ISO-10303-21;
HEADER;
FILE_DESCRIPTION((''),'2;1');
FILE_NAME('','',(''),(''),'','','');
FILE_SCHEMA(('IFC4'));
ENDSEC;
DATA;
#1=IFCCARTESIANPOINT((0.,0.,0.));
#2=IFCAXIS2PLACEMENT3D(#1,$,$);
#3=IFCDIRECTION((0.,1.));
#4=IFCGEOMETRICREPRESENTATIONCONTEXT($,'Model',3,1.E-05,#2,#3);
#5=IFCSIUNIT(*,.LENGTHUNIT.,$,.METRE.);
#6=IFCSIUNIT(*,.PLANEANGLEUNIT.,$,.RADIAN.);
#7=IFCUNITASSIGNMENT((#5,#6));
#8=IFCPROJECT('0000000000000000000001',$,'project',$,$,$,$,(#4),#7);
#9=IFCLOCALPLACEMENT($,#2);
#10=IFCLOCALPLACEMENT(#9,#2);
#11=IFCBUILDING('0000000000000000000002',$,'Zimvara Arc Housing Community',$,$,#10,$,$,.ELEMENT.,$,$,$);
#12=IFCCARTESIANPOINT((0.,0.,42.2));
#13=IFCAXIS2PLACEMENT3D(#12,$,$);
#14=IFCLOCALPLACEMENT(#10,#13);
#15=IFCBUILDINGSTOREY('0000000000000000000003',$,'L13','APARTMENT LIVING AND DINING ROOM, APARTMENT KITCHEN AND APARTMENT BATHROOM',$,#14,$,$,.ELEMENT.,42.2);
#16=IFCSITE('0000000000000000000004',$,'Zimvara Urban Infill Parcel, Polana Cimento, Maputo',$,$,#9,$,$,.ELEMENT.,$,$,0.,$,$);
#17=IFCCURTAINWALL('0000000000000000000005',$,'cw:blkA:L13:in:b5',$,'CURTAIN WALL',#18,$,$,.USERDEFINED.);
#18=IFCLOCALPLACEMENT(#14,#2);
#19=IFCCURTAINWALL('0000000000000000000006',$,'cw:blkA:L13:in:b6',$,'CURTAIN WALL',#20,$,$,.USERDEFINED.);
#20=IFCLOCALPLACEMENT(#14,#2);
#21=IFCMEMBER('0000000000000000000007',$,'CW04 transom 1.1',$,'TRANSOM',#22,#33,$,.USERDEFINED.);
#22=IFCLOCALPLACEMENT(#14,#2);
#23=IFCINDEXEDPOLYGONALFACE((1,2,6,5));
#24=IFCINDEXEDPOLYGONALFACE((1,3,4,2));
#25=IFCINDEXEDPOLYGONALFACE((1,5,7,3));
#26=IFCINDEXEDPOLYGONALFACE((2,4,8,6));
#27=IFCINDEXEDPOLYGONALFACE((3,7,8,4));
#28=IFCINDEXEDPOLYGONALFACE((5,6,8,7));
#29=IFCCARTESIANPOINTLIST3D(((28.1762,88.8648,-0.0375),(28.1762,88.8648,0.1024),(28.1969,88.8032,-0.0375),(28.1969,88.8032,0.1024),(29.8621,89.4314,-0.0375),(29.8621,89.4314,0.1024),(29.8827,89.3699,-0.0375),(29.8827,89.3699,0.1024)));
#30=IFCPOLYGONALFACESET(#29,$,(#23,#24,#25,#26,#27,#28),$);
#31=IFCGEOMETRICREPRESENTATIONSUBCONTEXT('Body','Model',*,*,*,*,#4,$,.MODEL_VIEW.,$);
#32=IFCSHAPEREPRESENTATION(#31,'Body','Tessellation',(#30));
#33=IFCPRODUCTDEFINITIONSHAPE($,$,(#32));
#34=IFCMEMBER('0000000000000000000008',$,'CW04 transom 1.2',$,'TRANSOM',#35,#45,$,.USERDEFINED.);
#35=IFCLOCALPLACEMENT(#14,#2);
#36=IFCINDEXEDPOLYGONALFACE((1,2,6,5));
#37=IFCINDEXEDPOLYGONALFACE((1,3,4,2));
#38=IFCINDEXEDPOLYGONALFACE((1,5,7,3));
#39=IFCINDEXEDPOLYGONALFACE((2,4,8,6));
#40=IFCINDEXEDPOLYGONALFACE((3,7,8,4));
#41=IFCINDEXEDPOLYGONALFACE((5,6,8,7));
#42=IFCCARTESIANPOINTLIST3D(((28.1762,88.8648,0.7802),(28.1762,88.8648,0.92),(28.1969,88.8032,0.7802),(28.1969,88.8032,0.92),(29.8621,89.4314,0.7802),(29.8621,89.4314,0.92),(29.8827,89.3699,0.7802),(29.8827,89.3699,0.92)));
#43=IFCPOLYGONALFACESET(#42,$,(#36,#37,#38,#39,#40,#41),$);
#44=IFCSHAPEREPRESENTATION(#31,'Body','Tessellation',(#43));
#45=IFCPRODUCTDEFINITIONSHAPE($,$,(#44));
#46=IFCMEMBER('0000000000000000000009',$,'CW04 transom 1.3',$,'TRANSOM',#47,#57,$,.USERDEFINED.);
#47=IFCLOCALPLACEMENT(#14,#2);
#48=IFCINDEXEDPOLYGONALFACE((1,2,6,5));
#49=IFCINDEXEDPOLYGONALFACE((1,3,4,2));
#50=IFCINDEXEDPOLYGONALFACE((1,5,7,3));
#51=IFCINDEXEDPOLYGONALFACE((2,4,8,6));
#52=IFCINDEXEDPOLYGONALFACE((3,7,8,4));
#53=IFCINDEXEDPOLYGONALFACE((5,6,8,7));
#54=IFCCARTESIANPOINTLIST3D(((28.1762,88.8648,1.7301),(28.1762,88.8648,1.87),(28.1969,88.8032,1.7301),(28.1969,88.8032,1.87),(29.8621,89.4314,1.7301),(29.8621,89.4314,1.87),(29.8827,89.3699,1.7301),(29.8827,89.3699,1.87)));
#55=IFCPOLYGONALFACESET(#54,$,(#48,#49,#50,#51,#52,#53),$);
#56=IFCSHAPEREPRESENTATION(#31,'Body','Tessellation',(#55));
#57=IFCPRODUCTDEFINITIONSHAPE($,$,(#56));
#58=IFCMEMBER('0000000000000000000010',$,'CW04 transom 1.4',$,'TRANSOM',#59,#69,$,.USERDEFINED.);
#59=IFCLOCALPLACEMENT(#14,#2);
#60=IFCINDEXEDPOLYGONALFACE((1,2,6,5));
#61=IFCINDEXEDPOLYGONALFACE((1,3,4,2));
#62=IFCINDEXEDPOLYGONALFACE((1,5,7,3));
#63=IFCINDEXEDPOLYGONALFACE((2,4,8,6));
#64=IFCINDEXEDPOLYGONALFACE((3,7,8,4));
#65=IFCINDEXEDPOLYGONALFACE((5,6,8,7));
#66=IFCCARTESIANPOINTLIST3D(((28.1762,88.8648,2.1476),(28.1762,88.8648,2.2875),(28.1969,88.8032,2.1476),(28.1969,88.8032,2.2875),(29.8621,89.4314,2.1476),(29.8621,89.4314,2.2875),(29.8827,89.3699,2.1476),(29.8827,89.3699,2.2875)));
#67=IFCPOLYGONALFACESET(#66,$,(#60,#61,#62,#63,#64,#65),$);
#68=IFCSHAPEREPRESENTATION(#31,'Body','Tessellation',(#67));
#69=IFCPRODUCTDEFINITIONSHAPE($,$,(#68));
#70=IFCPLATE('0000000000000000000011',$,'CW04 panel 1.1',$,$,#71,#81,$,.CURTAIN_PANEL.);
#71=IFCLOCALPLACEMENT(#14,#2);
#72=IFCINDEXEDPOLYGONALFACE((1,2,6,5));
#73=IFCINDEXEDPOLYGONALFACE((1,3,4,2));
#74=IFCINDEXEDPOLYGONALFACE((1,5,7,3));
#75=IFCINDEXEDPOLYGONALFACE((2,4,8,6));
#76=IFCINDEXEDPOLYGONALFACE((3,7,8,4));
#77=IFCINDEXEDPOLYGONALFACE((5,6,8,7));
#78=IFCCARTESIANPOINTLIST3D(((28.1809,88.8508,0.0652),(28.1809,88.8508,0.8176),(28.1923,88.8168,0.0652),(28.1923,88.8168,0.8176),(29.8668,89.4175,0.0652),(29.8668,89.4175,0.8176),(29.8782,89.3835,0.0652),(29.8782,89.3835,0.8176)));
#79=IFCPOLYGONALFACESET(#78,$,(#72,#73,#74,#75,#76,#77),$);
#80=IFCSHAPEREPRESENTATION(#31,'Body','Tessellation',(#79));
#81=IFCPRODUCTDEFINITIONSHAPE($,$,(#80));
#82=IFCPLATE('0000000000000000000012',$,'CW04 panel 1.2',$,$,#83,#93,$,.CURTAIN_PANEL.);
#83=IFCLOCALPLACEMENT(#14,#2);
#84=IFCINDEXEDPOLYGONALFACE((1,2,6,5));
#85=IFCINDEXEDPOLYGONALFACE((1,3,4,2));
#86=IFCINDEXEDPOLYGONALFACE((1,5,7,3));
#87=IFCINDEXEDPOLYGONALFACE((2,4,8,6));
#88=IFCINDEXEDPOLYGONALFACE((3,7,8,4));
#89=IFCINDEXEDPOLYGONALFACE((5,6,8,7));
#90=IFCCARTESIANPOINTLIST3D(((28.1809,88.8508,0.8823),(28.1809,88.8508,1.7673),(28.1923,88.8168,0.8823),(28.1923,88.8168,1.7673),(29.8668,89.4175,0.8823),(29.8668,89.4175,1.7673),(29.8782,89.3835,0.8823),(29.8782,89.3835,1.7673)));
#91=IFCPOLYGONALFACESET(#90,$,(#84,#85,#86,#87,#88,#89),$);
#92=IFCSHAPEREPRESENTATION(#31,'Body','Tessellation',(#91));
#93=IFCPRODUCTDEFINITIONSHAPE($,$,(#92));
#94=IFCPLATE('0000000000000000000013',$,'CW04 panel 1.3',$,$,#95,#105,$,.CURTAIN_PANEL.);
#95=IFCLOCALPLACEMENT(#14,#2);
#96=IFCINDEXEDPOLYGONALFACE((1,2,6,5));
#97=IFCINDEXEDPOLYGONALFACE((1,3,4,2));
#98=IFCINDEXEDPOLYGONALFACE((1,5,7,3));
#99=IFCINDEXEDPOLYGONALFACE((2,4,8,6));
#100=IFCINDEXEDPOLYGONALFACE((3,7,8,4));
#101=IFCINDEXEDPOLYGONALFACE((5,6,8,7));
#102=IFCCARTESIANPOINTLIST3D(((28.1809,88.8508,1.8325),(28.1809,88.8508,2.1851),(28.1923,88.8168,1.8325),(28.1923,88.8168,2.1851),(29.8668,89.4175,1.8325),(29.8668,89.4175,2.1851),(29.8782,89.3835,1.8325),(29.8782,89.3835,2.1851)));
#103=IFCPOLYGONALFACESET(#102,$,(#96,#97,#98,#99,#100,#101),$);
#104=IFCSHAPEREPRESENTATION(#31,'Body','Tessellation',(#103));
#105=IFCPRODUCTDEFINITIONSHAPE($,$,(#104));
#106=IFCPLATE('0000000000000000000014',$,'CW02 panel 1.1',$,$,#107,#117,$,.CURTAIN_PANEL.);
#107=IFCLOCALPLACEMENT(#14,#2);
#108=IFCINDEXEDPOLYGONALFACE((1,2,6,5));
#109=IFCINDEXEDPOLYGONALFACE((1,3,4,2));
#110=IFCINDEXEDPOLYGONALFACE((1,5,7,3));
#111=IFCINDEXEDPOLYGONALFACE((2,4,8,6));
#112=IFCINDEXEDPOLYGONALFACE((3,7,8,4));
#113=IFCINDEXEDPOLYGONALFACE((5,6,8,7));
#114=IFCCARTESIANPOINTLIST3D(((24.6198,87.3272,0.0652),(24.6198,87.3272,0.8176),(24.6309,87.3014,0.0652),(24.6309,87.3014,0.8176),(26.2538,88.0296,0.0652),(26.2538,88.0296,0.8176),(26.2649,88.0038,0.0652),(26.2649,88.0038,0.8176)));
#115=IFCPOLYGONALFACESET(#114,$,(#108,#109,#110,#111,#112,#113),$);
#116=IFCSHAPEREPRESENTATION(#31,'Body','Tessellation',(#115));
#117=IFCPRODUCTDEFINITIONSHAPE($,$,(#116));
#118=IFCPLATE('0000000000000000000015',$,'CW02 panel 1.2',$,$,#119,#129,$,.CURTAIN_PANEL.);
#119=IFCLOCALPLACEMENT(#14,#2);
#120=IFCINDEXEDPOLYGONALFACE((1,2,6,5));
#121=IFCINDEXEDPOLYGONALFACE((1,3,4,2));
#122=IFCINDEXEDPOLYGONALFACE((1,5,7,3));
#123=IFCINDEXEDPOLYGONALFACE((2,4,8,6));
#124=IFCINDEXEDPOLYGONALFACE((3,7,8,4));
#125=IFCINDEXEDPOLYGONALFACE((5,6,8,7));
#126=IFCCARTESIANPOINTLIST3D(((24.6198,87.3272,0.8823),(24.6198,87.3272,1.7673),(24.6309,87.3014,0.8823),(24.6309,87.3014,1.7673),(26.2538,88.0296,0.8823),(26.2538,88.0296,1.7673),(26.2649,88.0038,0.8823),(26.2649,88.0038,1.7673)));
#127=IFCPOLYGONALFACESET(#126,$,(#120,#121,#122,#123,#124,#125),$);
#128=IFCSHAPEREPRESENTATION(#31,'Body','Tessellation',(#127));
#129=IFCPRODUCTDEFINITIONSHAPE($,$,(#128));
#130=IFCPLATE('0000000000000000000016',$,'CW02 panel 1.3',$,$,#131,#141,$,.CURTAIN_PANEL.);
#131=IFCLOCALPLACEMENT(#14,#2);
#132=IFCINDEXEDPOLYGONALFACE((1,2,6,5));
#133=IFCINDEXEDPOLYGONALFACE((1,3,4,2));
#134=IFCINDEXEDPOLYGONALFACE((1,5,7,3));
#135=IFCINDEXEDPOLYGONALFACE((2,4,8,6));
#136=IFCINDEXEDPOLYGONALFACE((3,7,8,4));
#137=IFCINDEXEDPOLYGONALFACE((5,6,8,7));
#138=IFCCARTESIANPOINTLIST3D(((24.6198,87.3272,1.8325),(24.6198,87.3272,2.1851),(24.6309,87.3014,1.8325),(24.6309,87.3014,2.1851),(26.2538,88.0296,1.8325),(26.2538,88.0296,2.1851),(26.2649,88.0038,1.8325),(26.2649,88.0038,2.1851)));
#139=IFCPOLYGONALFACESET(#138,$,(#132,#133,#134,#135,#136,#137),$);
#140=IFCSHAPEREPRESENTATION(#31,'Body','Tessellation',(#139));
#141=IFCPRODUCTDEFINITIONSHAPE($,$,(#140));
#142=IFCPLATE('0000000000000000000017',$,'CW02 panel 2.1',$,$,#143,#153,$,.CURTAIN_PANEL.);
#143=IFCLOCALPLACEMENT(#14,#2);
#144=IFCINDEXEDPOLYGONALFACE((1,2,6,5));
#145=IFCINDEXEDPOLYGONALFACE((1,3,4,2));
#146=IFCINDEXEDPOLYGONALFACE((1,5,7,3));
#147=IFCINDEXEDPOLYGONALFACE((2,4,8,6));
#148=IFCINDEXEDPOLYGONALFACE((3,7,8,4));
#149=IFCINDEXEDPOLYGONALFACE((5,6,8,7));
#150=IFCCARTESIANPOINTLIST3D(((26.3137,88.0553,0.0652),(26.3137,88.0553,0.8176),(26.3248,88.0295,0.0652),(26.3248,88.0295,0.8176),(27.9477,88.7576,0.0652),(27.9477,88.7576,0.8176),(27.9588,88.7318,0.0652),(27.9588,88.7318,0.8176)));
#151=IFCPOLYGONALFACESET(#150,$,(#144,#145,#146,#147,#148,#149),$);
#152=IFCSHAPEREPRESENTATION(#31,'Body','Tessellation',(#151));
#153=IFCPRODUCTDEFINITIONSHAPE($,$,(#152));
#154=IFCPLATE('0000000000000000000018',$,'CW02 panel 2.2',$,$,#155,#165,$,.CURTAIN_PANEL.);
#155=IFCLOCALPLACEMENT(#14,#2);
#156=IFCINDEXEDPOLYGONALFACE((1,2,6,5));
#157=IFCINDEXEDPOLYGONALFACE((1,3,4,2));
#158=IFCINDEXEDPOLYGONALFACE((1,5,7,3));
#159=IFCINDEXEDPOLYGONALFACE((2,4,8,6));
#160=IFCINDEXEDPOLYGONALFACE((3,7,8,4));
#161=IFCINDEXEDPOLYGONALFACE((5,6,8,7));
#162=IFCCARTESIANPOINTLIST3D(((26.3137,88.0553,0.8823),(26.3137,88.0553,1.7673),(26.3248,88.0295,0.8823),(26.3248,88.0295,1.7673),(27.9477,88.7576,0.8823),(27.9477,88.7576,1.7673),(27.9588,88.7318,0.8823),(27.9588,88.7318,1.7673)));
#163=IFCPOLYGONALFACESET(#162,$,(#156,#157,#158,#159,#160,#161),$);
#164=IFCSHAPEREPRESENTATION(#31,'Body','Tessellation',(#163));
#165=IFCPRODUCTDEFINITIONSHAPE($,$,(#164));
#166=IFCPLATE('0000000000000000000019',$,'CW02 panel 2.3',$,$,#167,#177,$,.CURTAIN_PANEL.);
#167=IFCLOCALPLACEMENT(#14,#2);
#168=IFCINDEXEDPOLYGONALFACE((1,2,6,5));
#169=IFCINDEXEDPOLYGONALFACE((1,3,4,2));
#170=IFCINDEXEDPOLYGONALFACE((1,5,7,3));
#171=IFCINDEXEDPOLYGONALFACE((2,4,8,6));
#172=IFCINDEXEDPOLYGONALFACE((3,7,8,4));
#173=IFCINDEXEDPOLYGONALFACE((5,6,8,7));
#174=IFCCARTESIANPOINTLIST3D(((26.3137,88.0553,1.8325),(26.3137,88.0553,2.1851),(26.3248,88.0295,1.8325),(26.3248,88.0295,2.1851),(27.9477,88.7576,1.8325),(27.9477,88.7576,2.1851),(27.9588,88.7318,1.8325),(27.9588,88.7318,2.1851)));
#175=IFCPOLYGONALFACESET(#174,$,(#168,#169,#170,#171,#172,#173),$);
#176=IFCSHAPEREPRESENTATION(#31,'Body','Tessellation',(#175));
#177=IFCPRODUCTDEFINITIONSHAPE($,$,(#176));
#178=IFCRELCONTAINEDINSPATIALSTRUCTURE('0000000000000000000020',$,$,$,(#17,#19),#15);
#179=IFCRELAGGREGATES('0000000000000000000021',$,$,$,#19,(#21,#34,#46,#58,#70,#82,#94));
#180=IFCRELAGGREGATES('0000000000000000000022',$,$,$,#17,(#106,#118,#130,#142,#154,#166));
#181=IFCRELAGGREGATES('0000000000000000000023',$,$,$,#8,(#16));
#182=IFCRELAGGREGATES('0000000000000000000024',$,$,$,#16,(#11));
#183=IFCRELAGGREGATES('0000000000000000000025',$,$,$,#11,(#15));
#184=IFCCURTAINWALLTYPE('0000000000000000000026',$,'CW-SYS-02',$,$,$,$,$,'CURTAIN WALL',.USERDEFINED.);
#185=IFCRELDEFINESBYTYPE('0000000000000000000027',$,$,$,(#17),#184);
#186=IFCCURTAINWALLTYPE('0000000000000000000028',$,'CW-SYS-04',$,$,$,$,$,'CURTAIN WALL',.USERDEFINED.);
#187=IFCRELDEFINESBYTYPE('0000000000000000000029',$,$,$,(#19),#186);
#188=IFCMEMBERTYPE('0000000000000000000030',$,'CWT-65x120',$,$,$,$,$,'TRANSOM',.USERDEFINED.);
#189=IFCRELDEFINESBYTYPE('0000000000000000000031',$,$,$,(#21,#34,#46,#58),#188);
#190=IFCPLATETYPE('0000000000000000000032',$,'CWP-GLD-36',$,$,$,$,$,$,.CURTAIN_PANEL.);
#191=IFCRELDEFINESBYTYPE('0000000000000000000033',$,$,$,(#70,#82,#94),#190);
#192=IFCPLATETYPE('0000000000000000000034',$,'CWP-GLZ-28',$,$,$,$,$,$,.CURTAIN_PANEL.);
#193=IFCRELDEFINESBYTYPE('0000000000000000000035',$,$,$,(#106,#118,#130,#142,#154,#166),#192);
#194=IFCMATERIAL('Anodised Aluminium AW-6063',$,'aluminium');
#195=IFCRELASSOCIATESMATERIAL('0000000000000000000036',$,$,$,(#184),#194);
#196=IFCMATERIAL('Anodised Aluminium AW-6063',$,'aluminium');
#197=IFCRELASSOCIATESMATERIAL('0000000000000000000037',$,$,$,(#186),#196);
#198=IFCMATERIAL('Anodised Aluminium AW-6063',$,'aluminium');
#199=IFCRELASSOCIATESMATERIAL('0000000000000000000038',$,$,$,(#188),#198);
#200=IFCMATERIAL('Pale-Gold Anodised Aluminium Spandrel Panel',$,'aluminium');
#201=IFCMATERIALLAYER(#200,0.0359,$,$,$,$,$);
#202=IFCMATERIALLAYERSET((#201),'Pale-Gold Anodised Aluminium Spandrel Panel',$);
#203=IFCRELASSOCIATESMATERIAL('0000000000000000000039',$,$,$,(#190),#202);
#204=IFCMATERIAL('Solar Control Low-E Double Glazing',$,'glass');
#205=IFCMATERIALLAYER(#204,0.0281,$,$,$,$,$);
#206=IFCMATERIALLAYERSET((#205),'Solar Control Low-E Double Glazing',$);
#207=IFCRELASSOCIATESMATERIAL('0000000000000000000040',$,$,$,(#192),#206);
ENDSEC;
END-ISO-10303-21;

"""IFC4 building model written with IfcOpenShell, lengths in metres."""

from ifc_helpers import new_model, si_unit, direction, frame, origin, origin_2d, place, context, subcontext, project, spatial, rectangle, extrude, material, layer, layer_set, material_profile, profile_set, type_object, element, aggregate, save


model = new_model("IFC4")

# Units and contexts
model_context = context("Model", 3, precision=1e-05, world=origin(), true_north=direction((0.0, 1.0)))
body_context = subcontext(model_context, "Body", "Model", "MODEL_VIEW")
ifc_project = project(units=[si_unit("LENGTHUNIT", "METRE"), si_unit("PLANEANGLEUNIT", "RADIAN")], contexts=[model_context])

# Site, building, storey
site_placement = place(None, origin())
site = spatial("IfcSite", under=ifc_project, at=site_placement, Name="Zimvara Urban Infill Parcel, Polana Cimento, Maputo", CompositionType="ELEMENT", RefElevation=0.0)
building_placement = place(site_placement, origin())
building = spatial("IfcBuilding", under=site, at=building_placement, Name="Zimvara Arc Housing Community", CompositionType="ELEMENT")
storey_placement = place(building_placement, frame((0.0, 0.0, 42.2)))
storey = spatial("IfcBuildingStorey", under=building, at=storey_placement, Name="L13", Description="APARTMENT LIVING AND DINING ROOM, APARTMENT KITCHEN AND APARTMENT BATHROOM", CompositionType="ELEMENT", Elevation=42.2)

# Curtain walls
ifc_material_1 = material(Name="Anodised Aluminium AW-6063", Category="aluminium")
curtain_wall_type_1 = type_object("IfcCurtainWallType", Name="CW-SYS-02", ElementType="CURTAIN WALL", PredefinedType="USERDEFINED", material=ifc_material_1)
curtain_wall_1_placement = place(storey_placement, origin())
curtain_wall_1 = element("IfcCurtainWall", 1, at=curtain_wall_1_placement, inside=storey, type_object=curtain_wall_type_1, Name="cw:blkA:L13:in:b5", ObjectType="CURTAIN WALL", PredefinedType="USERDEFINED")
ifc_material_2 = material(Name="Anodised Aluminium AW-6063", Category="aluminium")
curtain_wall_type_2 = type_object("IfcCurtainWallType", Name="CW-SYS-04", ElementType="CURTAIN WALL", PredefinedType="USERDEFINED", material=ifc_material_2)
curtain_wall_2_placement = place(storey_placement, origin())
curtain_wall_2 = element("IfcCurtainWall", 2, at=curtain_wall_2_placement, inside=storey, type_object=curtain_wall_type_2, Name="cw:blkA:L13:in:b6", ObjectType="CURTAIN WALL", PredefinedType="USERDEFINED")

# Members
ifc_material_3 = material(Name="Anodised Aluminium AW-6063", Category="aluminium")
ifc_material_profile_1 = material_profile(ifc_material_3, rectangle(XDim=0.0649, YDim=0.1399, at=origin_2d()), Name="ALU 65x140")
ifc_profile_set_1 = profile_set([ifc_material_profile_1], Name="Anodised Aluminium AW-6063")
member_type_1 = type_object("IfcMemberType", Name="CWT-65x120", ElementType="TRANSOM", PredefinedType="USERDEFINED", material=ifc_profile_set_1)
member_1_placement = place(storey_placement, frame((28.1865, 88.834, 0.0325), z_axis=(0.947884, 0.318615, 0.0), x_axis=(-0.318615, 0.947884, 0.0)))
member_1 = element("IfcMember", 3, at=member_1_placement, type_object=member_type_1, Name="CW04 transom 1.1", ObjectType="TRANSOM", PredefinedType="USERDEFINED", context=body_context, shape_type="SweptSolid", body=[
    extrude(rectangle(XDim=0.0649, YDim=0.1399, at=origin_2d()), origin(), (0.0, 0.0, 1.0), 1.7786),
])
member_2_placement = place(storey_placement, frame((28.1865, 88.834, 0.8501), z_axis=(0.947884, 0.318615, 0.0), x_axis=(-0.318615, 0.947884, 0.0)))
member_2 = element("IfcMember", 4, at=member_2_placement, type_object=member_type_1, Name="CW04 transom 1.2", ObjectType="TRANSOM", PredefinedType="USERDEFINED", context=body_context, shape_type="SweptSolid", body=[
    extrude(rectangle(XDim=0.0649, YDim=0.1399, at=origin_2d()), origin(), (0.0, 0.0, 1.0), 1.7786),
])
member_3_placement = place(storey_placement, frame((28.1865, 88.834, 1.8), z_axis=(0.947884, 0.318615, 0.0), x_axis=(-0.318615, 0.947884, 0.0)))
member_3 = element("IfcMember", 5, at=member_3_placement, type_object=member_type_1, Name="CW04 transom 1.3", ObjectType="TRANSOM", PredefinedType="USERDEFINED", context=body_context, shape_type="SweptSolid", body=[
    extrude(rectangle(XDim=0.0649, YDim=0.1399, at=origin_2d()), origin(), (0.0, 0.0, 1.0), 1.7786),
])
member_4_placement = place(storey_placement, frame((28.1865, 88.834, 2.2175), z_axis=(0.947884, 0.318615, 0.0), x_axis=(-0.318615, 0.947884, 0.0)))
member_4 = element("IfcMember", 6, at=member_4_placement, type_object=member_type_1, Name="CW04 transom 1.4", ObjectType="TRANSOM", PredefinedType="USERDEFINED", context=body_context, shape_type="SweptSolid", body=[
    extrude(rectangle(XDim=0.0649, YDim=0.1399, at=origin_2d()), origin(), (0.0, 0.0, 1.0), 1.7786),
])

# Plates
ifc_material_4 = material(Name="Pale-Gold Anodised Aluminium Spandrel Panel", Category="aluminium")
ifc_layer_1 = layer(ifc_material_4, 0.0359)
ifc_layer_set_1 = layer_set([ifc_layer_1], Name="Pale-Gold Anodised Aluminium Spandrel Panel")
plate_type_1 = type_object("IfcPlateType", Name="CWP-GLD-36", PredefinedType="CURTAIN_PANEL", material=ifc_layer_set_1)
plate_1_placement = place(storey_placement, frame((29.0295, 89.1172, 0.0652), z_axis=(0.0, 0.0, 1.0), x_axis=(0.94788, 0.318627, 0.0)))
plate_1 = element("IfcPlate", 7, at=plate_1_placement, type_object=plate_type_1, Name="CW04 panel 1.1", PredefinedType="CURTAIN_PANEL", context=body_context, shape_type="SweptSolid", body=[
    extrude(rectangle(XDim=1.7786, YDim=0.0359, at=origin_2d()), origin(), (0.0, 0.0, 1.0), 0.7524),
])
plate_2_placement = place(storey_placement, frame((29.0295, 89.1172, 0.8823), z_axis=(0.0, 0.0, 1.0), x_axis=(0.94788, 0.318627, 0.0)))
plate_2 = element("IfcPlate", 8, at=plate_2_placement, type_object=plate_type_1, Name="CW04 panel 1.2", PredefinedType="CURTAIN_PANEL", context=body_context, shape_type="SweptSolid", body=[
    extrude(rectangle(XDim=1.7786, YDim=0.0359, at=origin_2d()), origin(), (0.0, 0.0, 1.0), 0.885),
])
plate_3_placement = place(storey_placement, frame((29.0295, 89.1172, 1.8325), z_axis=(0.0, 0.0, 1.0), x_axis=(0.94788, 0.318627, 0.0)))
plate_3 = element("IfcPlate", 9, at=plate_3_placement, type_object=plate_type_1, Name="CW04 panel 1.3", PredefinedType="CURTAIN_PANEL", context=body_context, shape_type="SweptSolid", body=[
    extrude(rectangle(XDim=1.7786, YDim=0.0359, at=origin_2d()), origin(), (0.0, 0.0, 1.0), 0.3525),
])
aggregate(curtain_wall_2, [member_1, member_2, member_3, member_4, plate_1, plate_2, plate_3])
ifc_material_5 = material(Name="Solar Control Low-E Double Glazing", Category="glass")
ifc_layer_2 = layer(ifc_material_5, 0.0281)
ifc_layer_set_2 = layer_set([ifc_layer_2], Name="Solar Control Low-E Double Glazing")
plate_type_2 = type_object("IfcPlateType", Name="CWP-GLZ-28", PredefinedType="CURTAIN_PANEL", material=ifc_layer_set_2)
plate_4_placement = place(storey_placement, frame((25.4424, 87.6655, 0.0652), z_axis=(0.0, 0.0, 1.0), x_axis=(0.918722, 0.394904, 0.0)))
plate_4 = element("IfcPlate", 10, at=plate_4_placement, type_object=plate_type_2, Name="CW02 panel 1.1", PredefinedType="CURTAIN_PANEL", context=body_context, shape_type="SweptSolid", body=[
    extrude(rectangle(XDim=1.7786, YDim=0.0281, at=origin_2d()), origin(), (0.0, 0.0, 1.0), 0.7524),
])
plate_5_placement = place(storey_placement, frame((25.4424, 87.6655, 0.8823), z_axis=(0.0, 0.0, 1.0), x_axis=(0.918722, 0.394904, 0.0)))
plate_5 = element("IfcPlate", 11, at=plate_5_placement, type_object=plate_type_2, Name="CW02 panel 1.2", PredefinedType="CURTAIN_PANEL", context=body_context, shape_type="SweptSolid", body=[
    extrude(rectangle(XDim=1.7786, YDim=0.0281, at=origin_2d()), origin(), (0.0, 0.0, 1.0), 0.885),
])
plate_6_placement = place(storey_placement, frame((25.4424, 87.6655, 1.8325), z_axis=(0.0, 0.0, 1.0), x_axis=(0.918722, 0.394904, 0.0)))
plate_6 = element("IfcPlate", 12, at=plate_6_placement, type_object=plate_type_2, Name="CW02 panel 1.3", PredefinedType="CURTAIN_PANEL", context=body_context, shape_type="SweptSolid", body=[
    extrude(rectangle(XDim=1.7786, YDim=0.0281, at=origin_2d()), origin(), (0.0, 0.0, 1.0), 0.3525),
])
plate_7_placement = place(storey_placement, frame((27.1362, 88.3936, 0.0652), z_axis=(0.0, 0.0, 1.0), x_axis=(0.918722, 0.394904, 0.0)))
plate_7 = element("IfcPlate", 13, at=plate_7_placement, type_object=plate_type_2, Name="CW02 panel 2.1", PredefinedType="CURTAIN_PANEL", context=body_context, shape_type="SweptSolid", body=[
    extrude(rectangle(XDim=1.7786, YDim=0.0281, at=origin_2d()), origin(), (0.0, 0.0, 1.0), 0.7524),
])
plate_8_placement = place(storey_placement, frame((27.1362, 88.3936, 0.8823), z_axis=(0.0, 0.0, 1.0), x_axis=(0.918722, 0.394904, 0.0)))
plate_8 = element("IfcPlate", 14, at=plate_8_placement, type_object=plate_type_2, Name="CW02 panel 2.2", PredefinedType="CURTAIN_PANEL", context=body_context, shape_type="SweptSolid", body=[
    extrude(rectangle(XDim=1.7786, YDim=0.0281, at=origin_2d()), origin(), (0.0, 0.0, 1.0), 0.885),
])
plate_9_placement = place(storey_placement, frame((27.1362, 88.3936, 1.8325), z_axis=(0.0, 0.0, 1.0), x_axis=(0.918722, 0.394904, 0.0)))
plate_9 = element("IfcPlate", 15, at=plate_9_placement, type_object=plate_type_2, Name="CW02 panel 2.3", PredefinedType="CURTAIN_PANEL", context=body_context, shape_type="SweptSolid", body=[
    extrude(rectangle(XDim=1.7786, YDim=0.0281, at=origin_2d()), origin(), (0.0, 0.0, 1.0), 0.3525),
])
aggregate(curtain_wall_1, [plate_4, plate_5, plate_6, plate_7, plate_8, plate_9])

save(model, "model.ifc")
